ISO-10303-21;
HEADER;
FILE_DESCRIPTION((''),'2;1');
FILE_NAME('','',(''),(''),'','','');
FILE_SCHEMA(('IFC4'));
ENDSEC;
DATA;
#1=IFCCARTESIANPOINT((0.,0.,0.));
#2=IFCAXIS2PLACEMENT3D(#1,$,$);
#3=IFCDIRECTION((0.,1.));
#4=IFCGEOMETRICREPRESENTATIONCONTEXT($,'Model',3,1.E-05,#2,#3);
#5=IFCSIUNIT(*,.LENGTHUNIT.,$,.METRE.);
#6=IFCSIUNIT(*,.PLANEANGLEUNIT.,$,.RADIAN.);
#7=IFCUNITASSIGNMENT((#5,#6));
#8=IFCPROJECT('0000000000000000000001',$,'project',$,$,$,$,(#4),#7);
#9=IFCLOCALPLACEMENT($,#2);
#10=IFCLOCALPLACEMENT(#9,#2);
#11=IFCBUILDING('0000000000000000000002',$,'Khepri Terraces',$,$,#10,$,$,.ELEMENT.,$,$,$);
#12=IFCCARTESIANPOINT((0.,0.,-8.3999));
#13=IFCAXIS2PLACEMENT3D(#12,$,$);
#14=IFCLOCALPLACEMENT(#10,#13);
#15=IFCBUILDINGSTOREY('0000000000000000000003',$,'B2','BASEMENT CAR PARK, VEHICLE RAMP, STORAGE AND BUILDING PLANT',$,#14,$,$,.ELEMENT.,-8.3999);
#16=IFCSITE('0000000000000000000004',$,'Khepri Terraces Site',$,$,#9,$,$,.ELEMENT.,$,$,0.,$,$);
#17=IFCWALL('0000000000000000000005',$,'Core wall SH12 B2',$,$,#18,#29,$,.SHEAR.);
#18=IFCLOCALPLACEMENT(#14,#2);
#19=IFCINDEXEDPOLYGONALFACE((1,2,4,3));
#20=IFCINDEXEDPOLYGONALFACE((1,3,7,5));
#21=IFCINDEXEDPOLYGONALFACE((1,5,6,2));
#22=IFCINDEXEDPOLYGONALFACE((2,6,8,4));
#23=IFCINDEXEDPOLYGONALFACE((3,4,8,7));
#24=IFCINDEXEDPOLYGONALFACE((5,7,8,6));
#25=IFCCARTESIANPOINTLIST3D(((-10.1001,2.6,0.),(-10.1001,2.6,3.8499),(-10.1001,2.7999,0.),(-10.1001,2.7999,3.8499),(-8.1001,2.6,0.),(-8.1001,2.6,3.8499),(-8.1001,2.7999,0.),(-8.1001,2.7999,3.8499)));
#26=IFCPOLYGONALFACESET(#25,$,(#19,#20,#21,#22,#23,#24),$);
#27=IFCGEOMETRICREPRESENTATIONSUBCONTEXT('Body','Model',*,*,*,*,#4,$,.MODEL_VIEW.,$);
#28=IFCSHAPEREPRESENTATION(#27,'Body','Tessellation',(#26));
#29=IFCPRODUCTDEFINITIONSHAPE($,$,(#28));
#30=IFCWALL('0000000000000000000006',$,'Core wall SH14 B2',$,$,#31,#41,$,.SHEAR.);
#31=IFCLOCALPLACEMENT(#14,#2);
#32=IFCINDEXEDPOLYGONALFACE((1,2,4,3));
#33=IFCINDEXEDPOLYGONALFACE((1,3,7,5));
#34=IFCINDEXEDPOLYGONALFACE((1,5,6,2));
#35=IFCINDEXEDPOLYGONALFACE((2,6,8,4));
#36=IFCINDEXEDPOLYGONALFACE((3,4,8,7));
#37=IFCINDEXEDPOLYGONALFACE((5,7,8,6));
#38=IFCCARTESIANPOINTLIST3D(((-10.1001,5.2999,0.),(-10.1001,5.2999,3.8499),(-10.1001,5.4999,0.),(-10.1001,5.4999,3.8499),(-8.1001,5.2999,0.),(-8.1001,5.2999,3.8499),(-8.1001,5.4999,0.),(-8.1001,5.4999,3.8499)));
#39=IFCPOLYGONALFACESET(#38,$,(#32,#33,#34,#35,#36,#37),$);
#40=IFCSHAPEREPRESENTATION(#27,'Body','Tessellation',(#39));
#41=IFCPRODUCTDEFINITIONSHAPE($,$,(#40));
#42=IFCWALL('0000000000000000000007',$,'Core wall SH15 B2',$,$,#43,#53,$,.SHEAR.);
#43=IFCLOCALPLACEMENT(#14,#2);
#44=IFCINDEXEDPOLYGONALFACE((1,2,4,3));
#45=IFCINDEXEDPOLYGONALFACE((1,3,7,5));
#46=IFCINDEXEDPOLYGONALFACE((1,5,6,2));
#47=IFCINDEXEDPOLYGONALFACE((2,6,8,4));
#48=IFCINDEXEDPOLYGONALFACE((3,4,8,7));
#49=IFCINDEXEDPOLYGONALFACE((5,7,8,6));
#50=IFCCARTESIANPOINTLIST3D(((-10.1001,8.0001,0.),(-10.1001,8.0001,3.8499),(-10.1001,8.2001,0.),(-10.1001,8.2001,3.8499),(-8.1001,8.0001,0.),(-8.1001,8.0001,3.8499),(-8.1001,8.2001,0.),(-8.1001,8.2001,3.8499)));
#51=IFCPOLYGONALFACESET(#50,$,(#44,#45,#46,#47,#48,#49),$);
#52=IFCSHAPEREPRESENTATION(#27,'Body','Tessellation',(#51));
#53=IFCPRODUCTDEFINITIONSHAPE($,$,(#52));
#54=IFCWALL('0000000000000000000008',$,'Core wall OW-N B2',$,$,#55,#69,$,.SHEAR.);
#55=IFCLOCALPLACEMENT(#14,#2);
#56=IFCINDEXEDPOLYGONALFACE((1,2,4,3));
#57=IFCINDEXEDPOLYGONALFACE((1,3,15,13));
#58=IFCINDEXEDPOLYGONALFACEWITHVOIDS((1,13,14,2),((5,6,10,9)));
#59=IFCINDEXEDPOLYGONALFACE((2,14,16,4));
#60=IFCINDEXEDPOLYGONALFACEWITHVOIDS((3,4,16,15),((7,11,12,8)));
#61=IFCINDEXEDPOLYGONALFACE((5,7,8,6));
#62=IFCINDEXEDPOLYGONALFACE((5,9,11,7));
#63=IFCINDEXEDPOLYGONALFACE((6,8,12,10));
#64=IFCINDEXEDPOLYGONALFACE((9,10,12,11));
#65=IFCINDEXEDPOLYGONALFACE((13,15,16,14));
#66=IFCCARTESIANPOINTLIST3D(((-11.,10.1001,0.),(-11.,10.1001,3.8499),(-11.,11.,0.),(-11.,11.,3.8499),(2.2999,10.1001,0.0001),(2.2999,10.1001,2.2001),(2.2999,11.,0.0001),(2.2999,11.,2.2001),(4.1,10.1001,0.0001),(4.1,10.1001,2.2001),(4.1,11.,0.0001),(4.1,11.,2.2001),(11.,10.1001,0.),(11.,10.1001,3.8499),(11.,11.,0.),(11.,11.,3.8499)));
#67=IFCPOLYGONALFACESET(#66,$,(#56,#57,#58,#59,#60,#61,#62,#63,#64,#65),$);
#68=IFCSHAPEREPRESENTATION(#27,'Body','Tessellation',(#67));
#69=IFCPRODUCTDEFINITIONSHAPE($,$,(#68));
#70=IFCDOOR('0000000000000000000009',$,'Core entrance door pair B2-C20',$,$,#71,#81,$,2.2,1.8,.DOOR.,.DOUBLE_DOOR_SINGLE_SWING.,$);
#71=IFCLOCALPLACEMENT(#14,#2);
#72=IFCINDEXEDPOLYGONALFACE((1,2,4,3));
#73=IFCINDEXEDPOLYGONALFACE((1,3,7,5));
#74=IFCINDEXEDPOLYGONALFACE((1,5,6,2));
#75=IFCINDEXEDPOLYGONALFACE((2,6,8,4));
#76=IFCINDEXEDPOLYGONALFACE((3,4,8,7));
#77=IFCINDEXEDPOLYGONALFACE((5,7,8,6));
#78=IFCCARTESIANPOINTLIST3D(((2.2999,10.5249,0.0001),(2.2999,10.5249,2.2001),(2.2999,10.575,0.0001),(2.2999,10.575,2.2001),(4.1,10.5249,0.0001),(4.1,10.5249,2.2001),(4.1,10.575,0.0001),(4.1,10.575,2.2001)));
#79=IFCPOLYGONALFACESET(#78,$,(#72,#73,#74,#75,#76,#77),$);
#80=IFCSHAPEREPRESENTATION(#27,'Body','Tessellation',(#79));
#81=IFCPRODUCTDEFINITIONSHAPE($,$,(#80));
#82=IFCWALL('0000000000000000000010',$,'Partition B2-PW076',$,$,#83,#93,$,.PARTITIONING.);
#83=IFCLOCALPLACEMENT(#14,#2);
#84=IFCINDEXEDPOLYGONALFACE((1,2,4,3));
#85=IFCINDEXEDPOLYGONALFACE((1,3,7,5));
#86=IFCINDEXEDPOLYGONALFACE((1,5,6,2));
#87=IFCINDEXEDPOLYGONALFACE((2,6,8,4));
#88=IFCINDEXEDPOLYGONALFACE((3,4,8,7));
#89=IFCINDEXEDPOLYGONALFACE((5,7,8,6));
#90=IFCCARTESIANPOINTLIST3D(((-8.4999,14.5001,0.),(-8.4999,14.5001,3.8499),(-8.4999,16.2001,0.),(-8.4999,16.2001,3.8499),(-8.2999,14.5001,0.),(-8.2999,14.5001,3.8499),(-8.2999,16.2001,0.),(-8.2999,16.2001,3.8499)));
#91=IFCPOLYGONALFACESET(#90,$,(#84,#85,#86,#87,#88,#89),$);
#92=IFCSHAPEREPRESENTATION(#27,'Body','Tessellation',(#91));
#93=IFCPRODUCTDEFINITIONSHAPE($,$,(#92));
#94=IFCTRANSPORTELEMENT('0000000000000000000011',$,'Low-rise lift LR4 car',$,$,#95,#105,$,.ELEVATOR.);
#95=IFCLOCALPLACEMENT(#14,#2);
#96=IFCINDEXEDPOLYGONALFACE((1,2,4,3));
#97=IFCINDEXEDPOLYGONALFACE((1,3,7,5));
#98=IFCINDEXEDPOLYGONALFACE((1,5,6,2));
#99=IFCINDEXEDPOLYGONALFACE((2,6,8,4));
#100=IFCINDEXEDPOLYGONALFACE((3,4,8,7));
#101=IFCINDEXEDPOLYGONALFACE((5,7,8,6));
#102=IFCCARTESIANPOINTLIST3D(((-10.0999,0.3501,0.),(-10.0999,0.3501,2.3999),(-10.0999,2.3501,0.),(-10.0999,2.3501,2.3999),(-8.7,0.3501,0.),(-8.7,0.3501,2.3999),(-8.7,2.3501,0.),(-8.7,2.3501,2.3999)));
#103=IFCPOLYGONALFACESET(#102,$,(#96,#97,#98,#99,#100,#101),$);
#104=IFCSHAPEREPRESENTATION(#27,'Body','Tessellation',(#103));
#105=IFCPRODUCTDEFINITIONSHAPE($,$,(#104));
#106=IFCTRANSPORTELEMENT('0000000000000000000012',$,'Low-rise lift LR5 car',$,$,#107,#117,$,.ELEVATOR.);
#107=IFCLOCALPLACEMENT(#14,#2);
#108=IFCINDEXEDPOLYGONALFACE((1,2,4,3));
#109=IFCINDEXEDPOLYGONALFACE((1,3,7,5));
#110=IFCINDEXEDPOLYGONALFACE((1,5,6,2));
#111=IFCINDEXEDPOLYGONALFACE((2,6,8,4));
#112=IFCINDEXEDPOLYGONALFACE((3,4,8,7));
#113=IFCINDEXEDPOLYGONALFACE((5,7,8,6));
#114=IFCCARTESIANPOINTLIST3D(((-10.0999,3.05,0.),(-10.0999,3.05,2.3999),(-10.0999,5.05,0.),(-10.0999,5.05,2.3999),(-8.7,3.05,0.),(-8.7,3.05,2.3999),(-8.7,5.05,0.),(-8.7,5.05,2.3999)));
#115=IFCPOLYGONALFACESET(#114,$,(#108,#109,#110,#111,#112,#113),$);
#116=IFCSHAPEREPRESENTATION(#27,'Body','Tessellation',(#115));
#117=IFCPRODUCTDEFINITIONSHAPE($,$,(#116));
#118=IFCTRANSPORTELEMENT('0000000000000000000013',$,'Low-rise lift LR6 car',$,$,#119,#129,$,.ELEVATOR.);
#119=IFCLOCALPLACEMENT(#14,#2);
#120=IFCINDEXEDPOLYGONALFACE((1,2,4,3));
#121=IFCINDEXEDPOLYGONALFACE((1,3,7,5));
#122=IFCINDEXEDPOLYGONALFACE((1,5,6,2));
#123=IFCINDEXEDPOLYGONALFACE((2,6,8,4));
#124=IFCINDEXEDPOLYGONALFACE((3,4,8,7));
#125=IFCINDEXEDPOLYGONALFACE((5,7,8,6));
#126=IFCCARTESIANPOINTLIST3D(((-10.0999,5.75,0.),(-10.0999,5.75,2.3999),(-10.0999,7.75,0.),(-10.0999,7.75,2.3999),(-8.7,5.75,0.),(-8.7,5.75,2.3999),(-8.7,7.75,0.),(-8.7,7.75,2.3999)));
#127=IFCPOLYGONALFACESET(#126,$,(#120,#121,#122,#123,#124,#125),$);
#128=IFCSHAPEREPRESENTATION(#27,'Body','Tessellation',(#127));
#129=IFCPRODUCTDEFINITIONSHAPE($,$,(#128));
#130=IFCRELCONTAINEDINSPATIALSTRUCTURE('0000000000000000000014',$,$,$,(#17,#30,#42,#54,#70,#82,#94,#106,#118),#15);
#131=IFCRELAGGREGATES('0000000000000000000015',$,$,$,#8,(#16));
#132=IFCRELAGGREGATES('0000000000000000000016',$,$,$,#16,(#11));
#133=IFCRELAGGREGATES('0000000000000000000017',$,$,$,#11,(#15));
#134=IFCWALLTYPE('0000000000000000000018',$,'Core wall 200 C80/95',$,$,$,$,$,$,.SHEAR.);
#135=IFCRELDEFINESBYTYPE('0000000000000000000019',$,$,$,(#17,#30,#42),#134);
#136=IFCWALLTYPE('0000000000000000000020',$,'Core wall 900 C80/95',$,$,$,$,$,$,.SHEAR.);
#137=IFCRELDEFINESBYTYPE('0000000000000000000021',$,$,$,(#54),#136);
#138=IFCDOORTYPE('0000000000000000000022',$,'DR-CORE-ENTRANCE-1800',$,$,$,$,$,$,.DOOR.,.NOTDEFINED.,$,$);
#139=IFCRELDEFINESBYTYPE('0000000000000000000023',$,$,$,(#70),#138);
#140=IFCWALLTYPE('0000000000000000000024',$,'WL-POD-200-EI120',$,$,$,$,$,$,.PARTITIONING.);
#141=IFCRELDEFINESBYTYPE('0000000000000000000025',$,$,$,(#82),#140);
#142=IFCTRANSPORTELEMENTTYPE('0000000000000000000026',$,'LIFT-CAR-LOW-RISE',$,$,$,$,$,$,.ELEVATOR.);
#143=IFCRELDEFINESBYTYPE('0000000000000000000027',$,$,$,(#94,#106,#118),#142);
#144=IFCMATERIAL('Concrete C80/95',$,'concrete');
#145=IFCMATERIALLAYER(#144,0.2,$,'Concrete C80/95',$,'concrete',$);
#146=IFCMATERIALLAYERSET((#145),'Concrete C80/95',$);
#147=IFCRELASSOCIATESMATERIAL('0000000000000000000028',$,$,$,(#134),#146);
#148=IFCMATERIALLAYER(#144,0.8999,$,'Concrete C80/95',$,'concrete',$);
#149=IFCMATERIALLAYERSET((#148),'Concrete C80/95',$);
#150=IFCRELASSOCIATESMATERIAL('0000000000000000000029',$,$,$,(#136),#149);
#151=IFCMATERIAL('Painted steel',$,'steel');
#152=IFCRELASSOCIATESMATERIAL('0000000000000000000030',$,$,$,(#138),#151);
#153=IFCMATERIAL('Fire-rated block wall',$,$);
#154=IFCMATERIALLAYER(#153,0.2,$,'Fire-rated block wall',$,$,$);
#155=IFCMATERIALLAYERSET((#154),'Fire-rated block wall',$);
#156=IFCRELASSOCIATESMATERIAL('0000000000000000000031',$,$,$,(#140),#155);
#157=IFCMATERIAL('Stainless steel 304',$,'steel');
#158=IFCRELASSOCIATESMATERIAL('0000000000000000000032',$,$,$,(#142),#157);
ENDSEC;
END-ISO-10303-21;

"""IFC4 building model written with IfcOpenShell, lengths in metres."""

from ifc_helpers import new_model, si_unit, direction, frame, frame_2d, origin, origin_2d, place, context, subcontext, project, spatial, rectangle, extrude, material, layer, layer_set, type_object, element, fill, save


model = new_model("IFC4")

# Units and contexts
model_context = context("Model", 3, precision=1e-05, world=origin(), true_north=direction((0.0, 1.0)))
body_context = subcontext(model_context, "Body", "Model", "MODEL_VIEW")
ifc_project = project(units=[si_unit("LENGTHUNIT", "METRE"), si_unit("PLANEANGLEUNIT", "RADIAN")], contexts=[model_context])

# Site, building, storey
site_placement = place(None, origin())
site = spatial("IfcSite", under=ifc_project, at=site_placement, Name="Khepri Terraces Site", CompositionType="ELEMENT", RefElevation=0.0)
building_placement = place(site_placement, origin())
building = spatial("IfcBuilding", under=site, at=building_placement, Name="Khepri Terraces", CompositionType="ELEMENT")
storey_placement = place(building_placement, frame((0.0, 0.0, -8.3999)))
storey = spatial("IfcBuildingStorey", under=building, at=storey_placement, Name="B2", Description="BASEMENT CAR PARK, VEHICLE RAMP, STORAGE AND BUILDING PLANT", CompositionType="ELEMENT", Elevation=-8.3999)

# Walls
ifc_material_1 = material(Name="Concrete C80/95", Category="concrete")
ifc_layer_1 = layer(ifc_material_1, 0.2, Name="Concrete C80/95", Category="concrete")
ifc_layer_set_1 = layer_set([ifc_layer_1], Name="Concrete C80/95")
wall_type_1 = type_object("IfcWallType", Name="Core wall 200 C80/95", PredefinedType="SHEAR", material=ifc_layer_set_1)
for number, where, z_axis, x_axis, name in (
    (1, (-10.1001, 2.7, 0.0), (0.0, 0.0, 1.0), (1.0, 0.0, 0.0), "Core wall SH12 B2"),
    (2, (-10.1001, 5.3999, 0.0), (0.0, 0.0, 1.0), (1.0, 0.0, 0.0), "Core wall SH14 B2"),
    (3, (-10.1001, 8.1001, 0.0), (0.0, 0.0, 1.0), (1.0, 0.0, 0.0), "Core wall SH15 B2"),
):
    element("IfcWall", number, at=place(storey_placement, frame(where, z_axis=z_axis, x_axis=x_axis)), inside=storey, type_object=wall_type_1, Name=name, PredefinedType="SHEAR", context=body_context, shape_type="SweptSolid", body=[
        extrude(rectangle(XDim=2.0, YDim=0.2, at=frame_2d((1.0, 0.0))), origin(), (0.0, 0.0, 1.0), 3.8499),
    ])

# Wall, opening, door
ifc_layer_2 = layer(ifc_material_1, 0.8999, Name="Concrete C80/95", Category="concrete")
ifc_layer_set_2 = layer_set([ifc_layer_2], Name="Concrete C80/95")
wall_type_2 = type_object("IfcWallType", Name="Core wall 900 C80/95", PredefinedType="SHEAR", material=ifc_layer_set_2)
wall_1_placement = place(storey_placement, frame((-11.0, 10.55, 0.0), z_axis=(0.0, 0.0, 1.0), x_axis=(1.0, 0.0, 0.0)))
wall_1 = element("IfcWall", 4, at=wall_1_placement, inside=storey, type_object=wall_type_2, Name="Core wall OW-N B2", PredefinedType="SHEAR", context=body_context, shape_type="SweptSolid", body=[
    extrude(rectangle(XDim=22.0, YDim=0.8999, at=frame_2d((11.0, 0.0))), origin(), (0.0, 0.0, 1.0), 3.8499),
])
opening_placement = place(wall_1_placement, frame((13.3, 0.0, 0.0)))
opening = element("IfcOpeningElement", 5, at=opening_placement, cuts=wall_1, PredefinedType="OPENING", context=body_context, shape_type="SweptSolid", body=[
    extrude(rectangle(XDim=1.8, YDim=2.2, at=frame_2d((0.8999, 1.1001))), frame((0.0, 0.46, 0.0), z_axis=(0.0, -1.0, 0.0), x_axis=(1.0, 0.0, 0.0)), (0.0, 0.0, 1.0), 0.9199),
])
ifc_material_2 = material(Name="Painted steel", Category="steel")
door_type = type_object("IfcDoorType", Name="DR-CORE-ENTRANCE-1800", OperationType="NOTDEFINED", PredefinedType="DOOR", material=ifc_material_2)
door_placement = place(opening_placement, origin())
door = element("IfcDoor", 6, at=door_placement, inside=storey, type_object=door_type, Name="Core entrance door pair B2-C20", OperationType="DOUBLE_DOOR_SINGLE_SWING", OverallHeight=2.2, OverallWidth=1.8, PredefinedType="DOOR", context=body_context, shape_type="SweptSolid", body=[
    extrude(rectangle(XDim=1.8, YDim=2.2, at=frame_2d((0.8999, 1.1001))), frame((0.0, 0.0249, 0.0), z_axis=(0.0, -1.0, 0.0), x_axis=(1.0, 0.0, 0.0)), (0.0, 0.0, 1.0), 0.05),
])
fill(opening, door)

# Wall
ifc_material_3 = material(Name="Fire-rated block wall")
ifc_layer_3 = layer(ifc_material_3, 0.2, Name="Fire-rated block wall")
ifc_layer_set_3 = layer_set([ifc_layer_3], Name="Fire-rated block wall")
wall_type_3 = type_object("IfcWallType", Name="WL-POD-200-EI120", PredefinedType="PARTITIONING", material=ifc_layer_set_3)
wall_2_placement = place(storey_placement, frame((-8.3999, 14.5, 0.0), z_axis=(0.0, 0.0, 1.0), x_axis=(0.0, 1.0, 0.0)))
element("IfcWall", 7, at=wall_2_placement, inside=storey, type_object=wall_type_3, Name="Partition B2-PW076", PredefinedType="PARTITIONING", context=body_context, shape_type="SweptSolid", body=[
    extrude(rectangle(XDim=1.7, YDim=0.2, at=frame_2d((0.8501, 0.0))), origin(), (0.0, 0.0, 1.0), 3.8499),
])

# Transport elements
ifc_material_4 = material(Name="Stainless steel 304", Category="steel")
transport_element_type = type_object("IfcTransportElementType", Name="LIFT-CAR-LOW-RISE", PredefinedType="ELEVATOR", material=ifc_material_4)
for number, where, z_axis, x_axis, name in (
    (8, (-9.3999, 1.3501, 0.0), (0.0, 0.0, 1.0), (1.0, 0.0, 0.0), "Low-rise lift LR4 car"),
    (9, (-9.3999, 4.05, 0.0), (0.0, 0.0, 1.0), (1.0, 0.0, 0.0), "Low-rise lift LR5 car"),
    (10, (-9.3999, 6.75, 0.0), (0.0, 0.0, 1.0), (1.0, 0.0, 0.0), "Low-rise lift LR6 car"),
):
    element("IfcTransportElement", number, at=place(storey_placement, frame(where, z_axis=z_axis, x_axis=x_axis)), inside=storey, type_object=transport_element_type, Name=name, PredefinedType="ELEVATOR", context=body_context, shape_type="SweptSolid", body=[
        extrude(rectangle(XDim=1.3999, YDim=2.0, at=origin_2d()), origin(), (0.0, 0.0, 1.0), 2.3999),
    ])

save(model, "model.ifc")
